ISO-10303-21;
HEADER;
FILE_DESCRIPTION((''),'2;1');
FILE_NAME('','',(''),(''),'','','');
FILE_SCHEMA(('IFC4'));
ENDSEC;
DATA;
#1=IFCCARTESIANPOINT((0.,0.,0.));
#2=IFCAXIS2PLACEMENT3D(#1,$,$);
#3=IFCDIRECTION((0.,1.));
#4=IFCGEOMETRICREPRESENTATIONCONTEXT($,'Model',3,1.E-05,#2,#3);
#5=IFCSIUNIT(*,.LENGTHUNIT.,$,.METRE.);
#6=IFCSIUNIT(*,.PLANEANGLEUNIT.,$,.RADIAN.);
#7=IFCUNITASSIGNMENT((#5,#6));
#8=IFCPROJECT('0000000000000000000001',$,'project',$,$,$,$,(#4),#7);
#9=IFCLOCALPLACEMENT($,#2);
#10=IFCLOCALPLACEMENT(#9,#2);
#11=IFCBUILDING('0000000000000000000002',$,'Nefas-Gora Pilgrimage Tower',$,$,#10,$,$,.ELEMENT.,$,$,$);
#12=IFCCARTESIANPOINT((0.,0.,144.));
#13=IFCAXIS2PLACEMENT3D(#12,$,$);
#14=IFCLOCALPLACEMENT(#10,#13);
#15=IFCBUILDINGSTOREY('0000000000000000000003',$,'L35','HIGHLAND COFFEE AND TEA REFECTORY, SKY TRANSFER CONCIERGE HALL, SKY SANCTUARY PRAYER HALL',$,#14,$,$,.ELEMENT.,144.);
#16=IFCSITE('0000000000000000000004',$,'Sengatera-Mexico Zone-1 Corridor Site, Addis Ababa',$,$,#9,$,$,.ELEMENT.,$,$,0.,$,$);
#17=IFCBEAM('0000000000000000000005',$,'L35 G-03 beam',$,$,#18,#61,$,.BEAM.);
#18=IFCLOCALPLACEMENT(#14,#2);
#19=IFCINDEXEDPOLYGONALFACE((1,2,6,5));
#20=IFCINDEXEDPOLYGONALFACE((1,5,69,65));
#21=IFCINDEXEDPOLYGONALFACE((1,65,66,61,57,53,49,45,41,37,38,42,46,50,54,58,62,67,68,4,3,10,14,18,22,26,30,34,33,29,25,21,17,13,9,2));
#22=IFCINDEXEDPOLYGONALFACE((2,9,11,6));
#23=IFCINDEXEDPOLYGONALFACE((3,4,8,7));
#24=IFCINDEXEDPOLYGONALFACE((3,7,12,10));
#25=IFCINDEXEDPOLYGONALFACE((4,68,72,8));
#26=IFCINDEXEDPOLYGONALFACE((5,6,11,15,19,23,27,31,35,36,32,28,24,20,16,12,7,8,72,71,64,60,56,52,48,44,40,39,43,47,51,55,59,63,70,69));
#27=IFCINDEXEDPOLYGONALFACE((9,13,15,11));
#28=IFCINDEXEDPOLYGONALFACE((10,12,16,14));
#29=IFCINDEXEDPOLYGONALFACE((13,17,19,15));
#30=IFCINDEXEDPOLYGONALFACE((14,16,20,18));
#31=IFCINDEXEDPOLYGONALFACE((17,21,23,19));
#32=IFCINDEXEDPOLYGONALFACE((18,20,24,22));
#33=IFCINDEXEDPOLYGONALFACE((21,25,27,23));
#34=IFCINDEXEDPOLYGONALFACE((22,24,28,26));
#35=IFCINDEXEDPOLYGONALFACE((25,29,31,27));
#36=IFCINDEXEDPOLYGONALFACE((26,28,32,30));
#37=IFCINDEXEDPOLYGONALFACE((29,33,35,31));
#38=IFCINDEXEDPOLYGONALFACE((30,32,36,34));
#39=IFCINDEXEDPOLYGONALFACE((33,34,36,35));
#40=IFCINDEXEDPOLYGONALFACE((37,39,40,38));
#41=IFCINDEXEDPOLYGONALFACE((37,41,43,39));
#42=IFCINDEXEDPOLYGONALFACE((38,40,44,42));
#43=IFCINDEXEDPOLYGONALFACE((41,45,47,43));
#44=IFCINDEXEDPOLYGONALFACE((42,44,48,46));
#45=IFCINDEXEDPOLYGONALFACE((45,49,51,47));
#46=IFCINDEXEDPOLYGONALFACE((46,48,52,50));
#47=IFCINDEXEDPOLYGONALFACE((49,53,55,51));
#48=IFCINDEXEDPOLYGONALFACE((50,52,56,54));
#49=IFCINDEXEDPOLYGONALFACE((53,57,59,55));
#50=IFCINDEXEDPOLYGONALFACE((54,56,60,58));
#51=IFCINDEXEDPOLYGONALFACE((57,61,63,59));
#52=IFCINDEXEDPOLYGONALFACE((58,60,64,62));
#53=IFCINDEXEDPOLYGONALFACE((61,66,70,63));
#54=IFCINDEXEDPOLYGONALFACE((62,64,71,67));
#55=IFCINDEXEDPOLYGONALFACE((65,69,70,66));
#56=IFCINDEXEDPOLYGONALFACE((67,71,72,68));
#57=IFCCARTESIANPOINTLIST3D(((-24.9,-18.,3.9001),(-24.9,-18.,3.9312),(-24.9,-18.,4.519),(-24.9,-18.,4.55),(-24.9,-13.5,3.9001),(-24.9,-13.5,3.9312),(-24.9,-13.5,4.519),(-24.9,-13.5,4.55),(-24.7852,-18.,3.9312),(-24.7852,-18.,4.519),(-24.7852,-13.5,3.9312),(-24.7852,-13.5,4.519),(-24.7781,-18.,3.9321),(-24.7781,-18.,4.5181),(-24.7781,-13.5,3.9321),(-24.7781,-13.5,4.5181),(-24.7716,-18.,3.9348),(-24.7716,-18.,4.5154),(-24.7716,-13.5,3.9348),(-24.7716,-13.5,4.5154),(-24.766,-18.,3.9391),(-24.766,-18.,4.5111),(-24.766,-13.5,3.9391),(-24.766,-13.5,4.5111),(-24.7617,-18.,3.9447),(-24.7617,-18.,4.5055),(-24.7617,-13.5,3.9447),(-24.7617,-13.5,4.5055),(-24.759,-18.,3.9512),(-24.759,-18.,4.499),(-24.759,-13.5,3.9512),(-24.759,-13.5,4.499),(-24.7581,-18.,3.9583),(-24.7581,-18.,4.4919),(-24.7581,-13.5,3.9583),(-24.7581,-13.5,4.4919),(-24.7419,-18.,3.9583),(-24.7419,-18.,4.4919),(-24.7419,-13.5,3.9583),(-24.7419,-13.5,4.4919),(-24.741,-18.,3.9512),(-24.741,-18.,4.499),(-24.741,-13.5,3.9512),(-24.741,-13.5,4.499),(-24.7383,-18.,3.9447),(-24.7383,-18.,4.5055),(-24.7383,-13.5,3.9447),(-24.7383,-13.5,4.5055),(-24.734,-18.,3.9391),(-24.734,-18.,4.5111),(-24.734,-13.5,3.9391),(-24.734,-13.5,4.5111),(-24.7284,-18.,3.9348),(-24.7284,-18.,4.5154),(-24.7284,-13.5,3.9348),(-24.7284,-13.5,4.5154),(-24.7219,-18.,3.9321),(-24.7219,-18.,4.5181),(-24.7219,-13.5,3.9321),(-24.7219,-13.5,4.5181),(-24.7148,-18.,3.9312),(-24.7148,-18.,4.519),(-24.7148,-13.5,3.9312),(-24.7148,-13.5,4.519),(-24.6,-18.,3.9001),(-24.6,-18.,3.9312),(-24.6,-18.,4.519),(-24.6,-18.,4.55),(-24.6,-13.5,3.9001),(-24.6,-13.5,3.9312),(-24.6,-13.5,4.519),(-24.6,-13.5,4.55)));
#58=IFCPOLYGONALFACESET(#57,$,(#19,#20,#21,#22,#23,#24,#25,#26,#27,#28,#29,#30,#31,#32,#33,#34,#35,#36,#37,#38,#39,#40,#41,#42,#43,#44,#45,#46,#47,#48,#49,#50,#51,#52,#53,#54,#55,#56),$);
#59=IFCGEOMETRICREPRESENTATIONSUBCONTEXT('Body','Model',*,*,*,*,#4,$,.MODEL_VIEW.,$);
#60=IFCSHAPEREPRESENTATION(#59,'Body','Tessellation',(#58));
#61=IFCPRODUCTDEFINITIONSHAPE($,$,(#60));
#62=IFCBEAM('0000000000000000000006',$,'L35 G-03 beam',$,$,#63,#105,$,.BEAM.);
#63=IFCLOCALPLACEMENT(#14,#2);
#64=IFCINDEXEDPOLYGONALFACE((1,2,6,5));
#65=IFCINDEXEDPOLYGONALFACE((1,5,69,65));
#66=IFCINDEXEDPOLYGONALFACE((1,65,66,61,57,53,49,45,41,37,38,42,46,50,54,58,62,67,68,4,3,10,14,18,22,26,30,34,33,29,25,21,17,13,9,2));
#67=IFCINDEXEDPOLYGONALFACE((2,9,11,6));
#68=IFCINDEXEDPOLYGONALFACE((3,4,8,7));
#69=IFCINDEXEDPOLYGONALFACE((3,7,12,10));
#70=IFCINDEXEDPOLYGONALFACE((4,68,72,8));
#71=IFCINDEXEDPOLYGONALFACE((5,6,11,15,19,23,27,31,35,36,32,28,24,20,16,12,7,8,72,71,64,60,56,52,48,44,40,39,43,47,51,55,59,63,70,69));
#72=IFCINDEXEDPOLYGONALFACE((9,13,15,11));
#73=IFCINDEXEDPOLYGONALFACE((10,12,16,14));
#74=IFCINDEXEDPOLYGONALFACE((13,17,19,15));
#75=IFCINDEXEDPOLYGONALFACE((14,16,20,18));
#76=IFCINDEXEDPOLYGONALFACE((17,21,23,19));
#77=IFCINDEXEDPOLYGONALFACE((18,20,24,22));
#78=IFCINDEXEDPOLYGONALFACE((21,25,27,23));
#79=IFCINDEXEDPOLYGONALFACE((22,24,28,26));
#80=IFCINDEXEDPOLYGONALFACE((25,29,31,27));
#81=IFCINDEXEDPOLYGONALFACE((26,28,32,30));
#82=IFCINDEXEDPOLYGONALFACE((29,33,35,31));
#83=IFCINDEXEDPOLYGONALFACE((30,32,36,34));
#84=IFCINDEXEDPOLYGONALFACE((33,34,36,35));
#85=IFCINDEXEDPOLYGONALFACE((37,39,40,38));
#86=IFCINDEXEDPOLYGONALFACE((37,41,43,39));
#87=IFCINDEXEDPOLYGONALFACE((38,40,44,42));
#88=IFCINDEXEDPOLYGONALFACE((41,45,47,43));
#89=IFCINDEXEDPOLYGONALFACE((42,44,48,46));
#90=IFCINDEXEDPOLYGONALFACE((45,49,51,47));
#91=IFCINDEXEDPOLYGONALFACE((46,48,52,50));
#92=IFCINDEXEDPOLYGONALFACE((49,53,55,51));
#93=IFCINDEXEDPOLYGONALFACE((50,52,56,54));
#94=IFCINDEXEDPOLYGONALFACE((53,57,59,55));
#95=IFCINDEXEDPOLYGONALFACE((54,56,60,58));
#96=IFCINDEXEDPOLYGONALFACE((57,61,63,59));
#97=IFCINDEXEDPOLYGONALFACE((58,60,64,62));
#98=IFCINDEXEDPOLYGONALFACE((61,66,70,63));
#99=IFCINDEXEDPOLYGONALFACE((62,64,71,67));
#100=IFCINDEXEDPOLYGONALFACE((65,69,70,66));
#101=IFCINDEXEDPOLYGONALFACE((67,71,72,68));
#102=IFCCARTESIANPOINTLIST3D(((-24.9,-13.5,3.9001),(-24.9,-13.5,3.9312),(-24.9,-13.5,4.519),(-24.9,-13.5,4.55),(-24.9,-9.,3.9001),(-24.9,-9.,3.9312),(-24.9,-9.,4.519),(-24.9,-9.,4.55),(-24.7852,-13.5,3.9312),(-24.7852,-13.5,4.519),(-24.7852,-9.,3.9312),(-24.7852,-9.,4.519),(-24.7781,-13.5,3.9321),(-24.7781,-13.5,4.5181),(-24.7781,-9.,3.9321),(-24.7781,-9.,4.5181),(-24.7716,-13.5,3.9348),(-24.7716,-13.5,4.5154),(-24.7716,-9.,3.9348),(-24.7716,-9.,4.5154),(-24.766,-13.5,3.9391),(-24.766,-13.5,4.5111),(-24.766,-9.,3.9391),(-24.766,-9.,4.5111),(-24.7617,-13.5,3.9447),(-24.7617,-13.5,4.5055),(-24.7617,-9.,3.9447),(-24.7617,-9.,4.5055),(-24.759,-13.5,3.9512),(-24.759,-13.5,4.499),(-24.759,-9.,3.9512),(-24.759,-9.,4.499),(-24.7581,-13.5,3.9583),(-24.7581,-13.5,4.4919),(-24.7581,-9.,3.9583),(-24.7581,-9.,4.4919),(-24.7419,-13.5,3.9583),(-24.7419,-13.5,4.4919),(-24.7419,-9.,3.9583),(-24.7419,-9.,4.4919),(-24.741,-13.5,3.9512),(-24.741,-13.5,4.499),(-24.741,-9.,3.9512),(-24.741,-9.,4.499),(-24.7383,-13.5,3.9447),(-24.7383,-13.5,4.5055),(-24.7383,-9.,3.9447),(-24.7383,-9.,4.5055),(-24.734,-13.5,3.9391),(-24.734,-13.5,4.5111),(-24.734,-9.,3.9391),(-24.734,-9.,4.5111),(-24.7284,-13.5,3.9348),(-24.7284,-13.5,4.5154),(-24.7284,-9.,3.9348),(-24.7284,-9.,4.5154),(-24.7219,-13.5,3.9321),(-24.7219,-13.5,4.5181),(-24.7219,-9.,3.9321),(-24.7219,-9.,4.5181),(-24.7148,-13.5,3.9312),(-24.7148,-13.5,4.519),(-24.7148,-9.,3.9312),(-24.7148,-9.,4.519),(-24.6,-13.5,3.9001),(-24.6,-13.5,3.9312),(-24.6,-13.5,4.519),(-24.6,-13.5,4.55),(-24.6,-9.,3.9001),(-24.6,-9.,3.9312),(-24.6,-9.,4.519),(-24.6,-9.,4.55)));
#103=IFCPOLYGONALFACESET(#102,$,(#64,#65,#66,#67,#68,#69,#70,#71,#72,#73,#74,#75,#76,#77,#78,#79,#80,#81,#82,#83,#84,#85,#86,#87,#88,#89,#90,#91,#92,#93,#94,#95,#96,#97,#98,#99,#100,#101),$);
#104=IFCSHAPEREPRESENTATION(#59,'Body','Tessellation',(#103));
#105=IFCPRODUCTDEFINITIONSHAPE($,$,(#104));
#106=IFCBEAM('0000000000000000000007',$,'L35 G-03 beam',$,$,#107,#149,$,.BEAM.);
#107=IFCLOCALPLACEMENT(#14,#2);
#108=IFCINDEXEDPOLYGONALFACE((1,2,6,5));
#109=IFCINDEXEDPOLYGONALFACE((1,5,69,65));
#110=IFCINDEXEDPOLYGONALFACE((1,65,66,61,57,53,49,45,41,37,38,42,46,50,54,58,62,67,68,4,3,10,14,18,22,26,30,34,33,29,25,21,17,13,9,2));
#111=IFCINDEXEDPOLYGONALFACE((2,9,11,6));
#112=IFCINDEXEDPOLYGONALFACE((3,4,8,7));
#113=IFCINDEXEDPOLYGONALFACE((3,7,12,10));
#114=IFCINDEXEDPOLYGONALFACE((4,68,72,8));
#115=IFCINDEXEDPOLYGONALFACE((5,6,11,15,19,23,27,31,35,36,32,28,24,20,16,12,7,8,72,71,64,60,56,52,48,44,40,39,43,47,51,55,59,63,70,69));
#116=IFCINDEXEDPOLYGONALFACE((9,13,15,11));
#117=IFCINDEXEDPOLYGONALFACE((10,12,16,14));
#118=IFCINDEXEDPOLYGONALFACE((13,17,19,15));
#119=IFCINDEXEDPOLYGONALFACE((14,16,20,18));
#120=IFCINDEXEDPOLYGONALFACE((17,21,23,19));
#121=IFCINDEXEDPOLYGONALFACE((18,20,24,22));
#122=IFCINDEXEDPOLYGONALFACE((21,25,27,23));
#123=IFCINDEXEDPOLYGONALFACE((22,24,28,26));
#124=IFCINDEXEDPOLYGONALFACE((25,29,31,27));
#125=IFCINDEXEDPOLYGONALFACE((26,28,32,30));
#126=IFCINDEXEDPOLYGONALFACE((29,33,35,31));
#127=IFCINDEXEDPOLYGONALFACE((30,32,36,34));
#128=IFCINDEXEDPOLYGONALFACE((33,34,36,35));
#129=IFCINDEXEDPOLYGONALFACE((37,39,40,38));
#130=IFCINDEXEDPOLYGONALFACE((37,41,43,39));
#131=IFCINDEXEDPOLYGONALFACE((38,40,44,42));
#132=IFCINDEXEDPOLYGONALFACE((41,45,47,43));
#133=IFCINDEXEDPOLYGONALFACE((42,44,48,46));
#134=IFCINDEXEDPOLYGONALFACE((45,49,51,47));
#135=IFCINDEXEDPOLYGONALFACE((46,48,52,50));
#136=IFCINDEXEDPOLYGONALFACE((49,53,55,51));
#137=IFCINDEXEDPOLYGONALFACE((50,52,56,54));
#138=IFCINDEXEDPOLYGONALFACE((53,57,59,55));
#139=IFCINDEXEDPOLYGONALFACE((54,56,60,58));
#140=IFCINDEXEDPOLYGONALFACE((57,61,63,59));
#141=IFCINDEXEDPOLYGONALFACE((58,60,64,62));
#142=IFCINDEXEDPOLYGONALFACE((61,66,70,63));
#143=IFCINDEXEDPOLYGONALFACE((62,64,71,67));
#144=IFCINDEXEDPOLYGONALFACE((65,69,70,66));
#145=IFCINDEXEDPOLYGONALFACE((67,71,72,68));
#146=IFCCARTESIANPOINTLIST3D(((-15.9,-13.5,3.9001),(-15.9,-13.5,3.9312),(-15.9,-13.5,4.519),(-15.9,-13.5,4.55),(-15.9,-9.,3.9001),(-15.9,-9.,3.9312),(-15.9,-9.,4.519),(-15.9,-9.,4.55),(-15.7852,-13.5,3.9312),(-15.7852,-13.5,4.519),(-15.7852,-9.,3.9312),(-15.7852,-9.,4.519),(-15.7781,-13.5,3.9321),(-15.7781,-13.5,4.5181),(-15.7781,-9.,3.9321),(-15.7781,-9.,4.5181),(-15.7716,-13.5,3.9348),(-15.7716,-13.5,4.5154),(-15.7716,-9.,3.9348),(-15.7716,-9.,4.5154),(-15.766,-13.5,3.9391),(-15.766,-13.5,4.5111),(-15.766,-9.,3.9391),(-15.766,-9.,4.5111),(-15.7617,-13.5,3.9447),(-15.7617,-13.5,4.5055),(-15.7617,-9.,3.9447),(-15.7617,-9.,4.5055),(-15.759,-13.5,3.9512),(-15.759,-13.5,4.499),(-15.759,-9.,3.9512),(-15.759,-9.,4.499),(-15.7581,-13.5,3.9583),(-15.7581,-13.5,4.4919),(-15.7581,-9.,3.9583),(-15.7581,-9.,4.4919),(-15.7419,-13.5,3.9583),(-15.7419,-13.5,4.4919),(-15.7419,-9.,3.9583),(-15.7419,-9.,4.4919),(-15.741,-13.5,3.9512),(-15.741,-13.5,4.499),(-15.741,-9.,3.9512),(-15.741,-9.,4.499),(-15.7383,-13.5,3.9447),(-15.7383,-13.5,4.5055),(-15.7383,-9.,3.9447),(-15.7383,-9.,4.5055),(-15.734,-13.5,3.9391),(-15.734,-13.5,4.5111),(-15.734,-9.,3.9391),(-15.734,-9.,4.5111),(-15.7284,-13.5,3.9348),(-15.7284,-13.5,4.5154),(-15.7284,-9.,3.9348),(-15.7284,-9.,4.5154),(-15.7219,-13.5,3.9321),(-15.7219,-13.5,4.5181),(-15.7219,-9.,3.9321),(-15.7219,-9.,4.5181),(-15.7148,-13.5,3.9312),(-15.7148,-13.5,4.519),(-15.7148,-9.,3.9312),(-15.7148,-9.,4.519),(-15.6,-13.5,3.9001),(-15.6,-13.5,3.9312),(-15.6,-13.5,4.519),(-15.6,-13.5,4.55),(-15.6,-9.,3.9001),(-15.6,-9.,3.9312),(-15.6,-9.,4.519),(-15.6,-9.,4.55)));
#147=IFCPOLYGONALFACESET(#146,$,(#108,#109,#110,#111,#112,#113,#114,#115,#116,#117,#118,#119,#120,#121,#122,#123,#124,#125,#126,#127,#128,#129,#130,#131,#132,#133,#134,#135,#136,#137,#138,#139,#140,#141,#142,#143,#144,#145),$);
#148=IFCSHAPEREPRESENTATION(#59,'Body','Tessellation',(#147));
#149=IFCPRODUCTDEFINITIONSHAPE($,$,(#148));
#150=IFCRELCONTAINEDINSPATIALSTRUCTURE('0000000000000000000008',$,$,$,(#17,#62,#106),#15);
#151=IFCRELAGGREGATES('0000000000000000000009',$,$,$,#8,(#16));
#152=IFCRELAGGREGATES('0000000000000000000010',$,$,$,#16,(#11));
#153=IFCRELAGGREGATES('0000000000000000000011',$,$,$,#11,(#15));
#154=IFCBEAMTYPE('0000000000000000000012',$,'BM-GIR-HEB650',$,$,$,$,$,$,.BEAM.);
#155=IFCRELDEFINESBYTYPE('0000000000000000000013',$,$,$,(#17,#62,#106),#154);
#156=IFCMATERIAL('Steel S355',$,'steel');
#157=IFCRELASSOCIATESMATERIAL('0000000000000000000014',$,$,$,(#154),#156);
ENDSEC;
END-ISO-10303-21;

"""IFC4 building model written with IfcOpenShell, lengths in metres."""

from ifc_helpers import new_model, si_unit, direction, frame, origin, origin_2d, place, context, subcontext, project, spatial, i_section, extrude, source, transform, mapped, material, material_profile, profile_set, type_object, element, save


model = new_model("IFC4")

# Units and contexts
model_context = context("Model", 3, precision=1e-05, world=origin(), true_north=direction((0.0, 1.0)))
body_context = subcontext(model_context, "Body", "Model", "MODEL_VIEW")
ifc_project = project(units=[si_unit("LENGTHUNIT", "METRE"), si_unit("PLANEANGLEUNIT", "RADIAN")], contexts=[model_context])

# Site, building, storey
site_placement = place(None, origin())
site = spatial("IfcSite", under=ifc_project, at=site_placement, Name="Sengatera-Mexico Zone-1 Corridor Site, Addis Ababa", CompositionType="ELEMENT", RefElevation=0.0)
building_placement = place(site_placement, origin())
building = spatial("IfcBuilding", under=site, at=building_placement, Name="Nefas-Gora Pilgrimage Tower", CompositionType="ELEMENT")
storey_placement = place(building_placement, frame((0.0, 0.0, 144.0)))
storey = spatial("IfcBuildingStorey", under=building, at=storey_placement, Name="L35", Description="HIGHLAND COFFEE AND TEA REFECTORY, SKY TRANSFER CONCIERGE HALL, SKY SANCTUARY PRAYER HALL", CompositionType="ELEMENT", Elevation=144.0)

# Beams
ifc_material_1 = material(Name="Steel S355", Category="steel")
ifc_material_profile_1 = material_profile(ifc_material_1, i_section(OverallWidth=0.3, OverallDepth=0.6499, WebThickness=0.0161, FlangeThickness=0.031, FilletRadius=0.0271, at=origin_2d()), Name="HEB 650")
ifc_profile_set_1 = profile_set([ifc_material_profile_1], Name="Steel S355")
beam_type_1 = type_object("IfcBeamType", Name="BM-GIR-HEB650", PredefinedType="BEAM", material=ifc_profile_set_1)
shared_shape_1 = source(origin(), body_context, "Body", "SweptSolid", [
    extrude(i_section(OverallWidth=0.3, OverallDepth=0.6499, WebThickness=0.0161, FlangeThickness=0.031, FilletRadius=0.0271, at=origin_2d()), origin(), (0.0, 0.0, 1.0), 4.5),
])
for number, where, z_axis, x_axis, name in (
    (1, (-24.75, -18.0, 4.2251), (0.0, 1.0, 0.0), (-1.0, 0.0, 0.0), "L35 G-03 beam"),
    (2, (-24.75, -13.5, 4.2251), (0.0, 1.0, 0.0), (-1.0, 0.0, 0.0), "L35 G-03 beam"),
    (3, (-15.75, -13.5, 4.2251), (0.0, 1.0, 0.0), (-1.0, 0.0, 0.0), "L35 G-03 beam"),
):
    element("IfcBeam", number, at=place(storey_placement, frame(where, z_axis=z_axis, x_axis=x_axis)), inside=storey, type_object=beam_type_1, Name=name, PredefinedType="BEAM", context=body_context, shape_type="MappedRepresentation", body=[
        mapped(shared_shape_1, transform((0.0, 0.0, 0.0), x_axis=(1.0, 0.0, 0.0), y_axis=(0.0, 1.0, 0.0), z_axis=(0.0, 0.0, 1.0), scale=1.0)),
    ])

save(model, "model.ifc")
